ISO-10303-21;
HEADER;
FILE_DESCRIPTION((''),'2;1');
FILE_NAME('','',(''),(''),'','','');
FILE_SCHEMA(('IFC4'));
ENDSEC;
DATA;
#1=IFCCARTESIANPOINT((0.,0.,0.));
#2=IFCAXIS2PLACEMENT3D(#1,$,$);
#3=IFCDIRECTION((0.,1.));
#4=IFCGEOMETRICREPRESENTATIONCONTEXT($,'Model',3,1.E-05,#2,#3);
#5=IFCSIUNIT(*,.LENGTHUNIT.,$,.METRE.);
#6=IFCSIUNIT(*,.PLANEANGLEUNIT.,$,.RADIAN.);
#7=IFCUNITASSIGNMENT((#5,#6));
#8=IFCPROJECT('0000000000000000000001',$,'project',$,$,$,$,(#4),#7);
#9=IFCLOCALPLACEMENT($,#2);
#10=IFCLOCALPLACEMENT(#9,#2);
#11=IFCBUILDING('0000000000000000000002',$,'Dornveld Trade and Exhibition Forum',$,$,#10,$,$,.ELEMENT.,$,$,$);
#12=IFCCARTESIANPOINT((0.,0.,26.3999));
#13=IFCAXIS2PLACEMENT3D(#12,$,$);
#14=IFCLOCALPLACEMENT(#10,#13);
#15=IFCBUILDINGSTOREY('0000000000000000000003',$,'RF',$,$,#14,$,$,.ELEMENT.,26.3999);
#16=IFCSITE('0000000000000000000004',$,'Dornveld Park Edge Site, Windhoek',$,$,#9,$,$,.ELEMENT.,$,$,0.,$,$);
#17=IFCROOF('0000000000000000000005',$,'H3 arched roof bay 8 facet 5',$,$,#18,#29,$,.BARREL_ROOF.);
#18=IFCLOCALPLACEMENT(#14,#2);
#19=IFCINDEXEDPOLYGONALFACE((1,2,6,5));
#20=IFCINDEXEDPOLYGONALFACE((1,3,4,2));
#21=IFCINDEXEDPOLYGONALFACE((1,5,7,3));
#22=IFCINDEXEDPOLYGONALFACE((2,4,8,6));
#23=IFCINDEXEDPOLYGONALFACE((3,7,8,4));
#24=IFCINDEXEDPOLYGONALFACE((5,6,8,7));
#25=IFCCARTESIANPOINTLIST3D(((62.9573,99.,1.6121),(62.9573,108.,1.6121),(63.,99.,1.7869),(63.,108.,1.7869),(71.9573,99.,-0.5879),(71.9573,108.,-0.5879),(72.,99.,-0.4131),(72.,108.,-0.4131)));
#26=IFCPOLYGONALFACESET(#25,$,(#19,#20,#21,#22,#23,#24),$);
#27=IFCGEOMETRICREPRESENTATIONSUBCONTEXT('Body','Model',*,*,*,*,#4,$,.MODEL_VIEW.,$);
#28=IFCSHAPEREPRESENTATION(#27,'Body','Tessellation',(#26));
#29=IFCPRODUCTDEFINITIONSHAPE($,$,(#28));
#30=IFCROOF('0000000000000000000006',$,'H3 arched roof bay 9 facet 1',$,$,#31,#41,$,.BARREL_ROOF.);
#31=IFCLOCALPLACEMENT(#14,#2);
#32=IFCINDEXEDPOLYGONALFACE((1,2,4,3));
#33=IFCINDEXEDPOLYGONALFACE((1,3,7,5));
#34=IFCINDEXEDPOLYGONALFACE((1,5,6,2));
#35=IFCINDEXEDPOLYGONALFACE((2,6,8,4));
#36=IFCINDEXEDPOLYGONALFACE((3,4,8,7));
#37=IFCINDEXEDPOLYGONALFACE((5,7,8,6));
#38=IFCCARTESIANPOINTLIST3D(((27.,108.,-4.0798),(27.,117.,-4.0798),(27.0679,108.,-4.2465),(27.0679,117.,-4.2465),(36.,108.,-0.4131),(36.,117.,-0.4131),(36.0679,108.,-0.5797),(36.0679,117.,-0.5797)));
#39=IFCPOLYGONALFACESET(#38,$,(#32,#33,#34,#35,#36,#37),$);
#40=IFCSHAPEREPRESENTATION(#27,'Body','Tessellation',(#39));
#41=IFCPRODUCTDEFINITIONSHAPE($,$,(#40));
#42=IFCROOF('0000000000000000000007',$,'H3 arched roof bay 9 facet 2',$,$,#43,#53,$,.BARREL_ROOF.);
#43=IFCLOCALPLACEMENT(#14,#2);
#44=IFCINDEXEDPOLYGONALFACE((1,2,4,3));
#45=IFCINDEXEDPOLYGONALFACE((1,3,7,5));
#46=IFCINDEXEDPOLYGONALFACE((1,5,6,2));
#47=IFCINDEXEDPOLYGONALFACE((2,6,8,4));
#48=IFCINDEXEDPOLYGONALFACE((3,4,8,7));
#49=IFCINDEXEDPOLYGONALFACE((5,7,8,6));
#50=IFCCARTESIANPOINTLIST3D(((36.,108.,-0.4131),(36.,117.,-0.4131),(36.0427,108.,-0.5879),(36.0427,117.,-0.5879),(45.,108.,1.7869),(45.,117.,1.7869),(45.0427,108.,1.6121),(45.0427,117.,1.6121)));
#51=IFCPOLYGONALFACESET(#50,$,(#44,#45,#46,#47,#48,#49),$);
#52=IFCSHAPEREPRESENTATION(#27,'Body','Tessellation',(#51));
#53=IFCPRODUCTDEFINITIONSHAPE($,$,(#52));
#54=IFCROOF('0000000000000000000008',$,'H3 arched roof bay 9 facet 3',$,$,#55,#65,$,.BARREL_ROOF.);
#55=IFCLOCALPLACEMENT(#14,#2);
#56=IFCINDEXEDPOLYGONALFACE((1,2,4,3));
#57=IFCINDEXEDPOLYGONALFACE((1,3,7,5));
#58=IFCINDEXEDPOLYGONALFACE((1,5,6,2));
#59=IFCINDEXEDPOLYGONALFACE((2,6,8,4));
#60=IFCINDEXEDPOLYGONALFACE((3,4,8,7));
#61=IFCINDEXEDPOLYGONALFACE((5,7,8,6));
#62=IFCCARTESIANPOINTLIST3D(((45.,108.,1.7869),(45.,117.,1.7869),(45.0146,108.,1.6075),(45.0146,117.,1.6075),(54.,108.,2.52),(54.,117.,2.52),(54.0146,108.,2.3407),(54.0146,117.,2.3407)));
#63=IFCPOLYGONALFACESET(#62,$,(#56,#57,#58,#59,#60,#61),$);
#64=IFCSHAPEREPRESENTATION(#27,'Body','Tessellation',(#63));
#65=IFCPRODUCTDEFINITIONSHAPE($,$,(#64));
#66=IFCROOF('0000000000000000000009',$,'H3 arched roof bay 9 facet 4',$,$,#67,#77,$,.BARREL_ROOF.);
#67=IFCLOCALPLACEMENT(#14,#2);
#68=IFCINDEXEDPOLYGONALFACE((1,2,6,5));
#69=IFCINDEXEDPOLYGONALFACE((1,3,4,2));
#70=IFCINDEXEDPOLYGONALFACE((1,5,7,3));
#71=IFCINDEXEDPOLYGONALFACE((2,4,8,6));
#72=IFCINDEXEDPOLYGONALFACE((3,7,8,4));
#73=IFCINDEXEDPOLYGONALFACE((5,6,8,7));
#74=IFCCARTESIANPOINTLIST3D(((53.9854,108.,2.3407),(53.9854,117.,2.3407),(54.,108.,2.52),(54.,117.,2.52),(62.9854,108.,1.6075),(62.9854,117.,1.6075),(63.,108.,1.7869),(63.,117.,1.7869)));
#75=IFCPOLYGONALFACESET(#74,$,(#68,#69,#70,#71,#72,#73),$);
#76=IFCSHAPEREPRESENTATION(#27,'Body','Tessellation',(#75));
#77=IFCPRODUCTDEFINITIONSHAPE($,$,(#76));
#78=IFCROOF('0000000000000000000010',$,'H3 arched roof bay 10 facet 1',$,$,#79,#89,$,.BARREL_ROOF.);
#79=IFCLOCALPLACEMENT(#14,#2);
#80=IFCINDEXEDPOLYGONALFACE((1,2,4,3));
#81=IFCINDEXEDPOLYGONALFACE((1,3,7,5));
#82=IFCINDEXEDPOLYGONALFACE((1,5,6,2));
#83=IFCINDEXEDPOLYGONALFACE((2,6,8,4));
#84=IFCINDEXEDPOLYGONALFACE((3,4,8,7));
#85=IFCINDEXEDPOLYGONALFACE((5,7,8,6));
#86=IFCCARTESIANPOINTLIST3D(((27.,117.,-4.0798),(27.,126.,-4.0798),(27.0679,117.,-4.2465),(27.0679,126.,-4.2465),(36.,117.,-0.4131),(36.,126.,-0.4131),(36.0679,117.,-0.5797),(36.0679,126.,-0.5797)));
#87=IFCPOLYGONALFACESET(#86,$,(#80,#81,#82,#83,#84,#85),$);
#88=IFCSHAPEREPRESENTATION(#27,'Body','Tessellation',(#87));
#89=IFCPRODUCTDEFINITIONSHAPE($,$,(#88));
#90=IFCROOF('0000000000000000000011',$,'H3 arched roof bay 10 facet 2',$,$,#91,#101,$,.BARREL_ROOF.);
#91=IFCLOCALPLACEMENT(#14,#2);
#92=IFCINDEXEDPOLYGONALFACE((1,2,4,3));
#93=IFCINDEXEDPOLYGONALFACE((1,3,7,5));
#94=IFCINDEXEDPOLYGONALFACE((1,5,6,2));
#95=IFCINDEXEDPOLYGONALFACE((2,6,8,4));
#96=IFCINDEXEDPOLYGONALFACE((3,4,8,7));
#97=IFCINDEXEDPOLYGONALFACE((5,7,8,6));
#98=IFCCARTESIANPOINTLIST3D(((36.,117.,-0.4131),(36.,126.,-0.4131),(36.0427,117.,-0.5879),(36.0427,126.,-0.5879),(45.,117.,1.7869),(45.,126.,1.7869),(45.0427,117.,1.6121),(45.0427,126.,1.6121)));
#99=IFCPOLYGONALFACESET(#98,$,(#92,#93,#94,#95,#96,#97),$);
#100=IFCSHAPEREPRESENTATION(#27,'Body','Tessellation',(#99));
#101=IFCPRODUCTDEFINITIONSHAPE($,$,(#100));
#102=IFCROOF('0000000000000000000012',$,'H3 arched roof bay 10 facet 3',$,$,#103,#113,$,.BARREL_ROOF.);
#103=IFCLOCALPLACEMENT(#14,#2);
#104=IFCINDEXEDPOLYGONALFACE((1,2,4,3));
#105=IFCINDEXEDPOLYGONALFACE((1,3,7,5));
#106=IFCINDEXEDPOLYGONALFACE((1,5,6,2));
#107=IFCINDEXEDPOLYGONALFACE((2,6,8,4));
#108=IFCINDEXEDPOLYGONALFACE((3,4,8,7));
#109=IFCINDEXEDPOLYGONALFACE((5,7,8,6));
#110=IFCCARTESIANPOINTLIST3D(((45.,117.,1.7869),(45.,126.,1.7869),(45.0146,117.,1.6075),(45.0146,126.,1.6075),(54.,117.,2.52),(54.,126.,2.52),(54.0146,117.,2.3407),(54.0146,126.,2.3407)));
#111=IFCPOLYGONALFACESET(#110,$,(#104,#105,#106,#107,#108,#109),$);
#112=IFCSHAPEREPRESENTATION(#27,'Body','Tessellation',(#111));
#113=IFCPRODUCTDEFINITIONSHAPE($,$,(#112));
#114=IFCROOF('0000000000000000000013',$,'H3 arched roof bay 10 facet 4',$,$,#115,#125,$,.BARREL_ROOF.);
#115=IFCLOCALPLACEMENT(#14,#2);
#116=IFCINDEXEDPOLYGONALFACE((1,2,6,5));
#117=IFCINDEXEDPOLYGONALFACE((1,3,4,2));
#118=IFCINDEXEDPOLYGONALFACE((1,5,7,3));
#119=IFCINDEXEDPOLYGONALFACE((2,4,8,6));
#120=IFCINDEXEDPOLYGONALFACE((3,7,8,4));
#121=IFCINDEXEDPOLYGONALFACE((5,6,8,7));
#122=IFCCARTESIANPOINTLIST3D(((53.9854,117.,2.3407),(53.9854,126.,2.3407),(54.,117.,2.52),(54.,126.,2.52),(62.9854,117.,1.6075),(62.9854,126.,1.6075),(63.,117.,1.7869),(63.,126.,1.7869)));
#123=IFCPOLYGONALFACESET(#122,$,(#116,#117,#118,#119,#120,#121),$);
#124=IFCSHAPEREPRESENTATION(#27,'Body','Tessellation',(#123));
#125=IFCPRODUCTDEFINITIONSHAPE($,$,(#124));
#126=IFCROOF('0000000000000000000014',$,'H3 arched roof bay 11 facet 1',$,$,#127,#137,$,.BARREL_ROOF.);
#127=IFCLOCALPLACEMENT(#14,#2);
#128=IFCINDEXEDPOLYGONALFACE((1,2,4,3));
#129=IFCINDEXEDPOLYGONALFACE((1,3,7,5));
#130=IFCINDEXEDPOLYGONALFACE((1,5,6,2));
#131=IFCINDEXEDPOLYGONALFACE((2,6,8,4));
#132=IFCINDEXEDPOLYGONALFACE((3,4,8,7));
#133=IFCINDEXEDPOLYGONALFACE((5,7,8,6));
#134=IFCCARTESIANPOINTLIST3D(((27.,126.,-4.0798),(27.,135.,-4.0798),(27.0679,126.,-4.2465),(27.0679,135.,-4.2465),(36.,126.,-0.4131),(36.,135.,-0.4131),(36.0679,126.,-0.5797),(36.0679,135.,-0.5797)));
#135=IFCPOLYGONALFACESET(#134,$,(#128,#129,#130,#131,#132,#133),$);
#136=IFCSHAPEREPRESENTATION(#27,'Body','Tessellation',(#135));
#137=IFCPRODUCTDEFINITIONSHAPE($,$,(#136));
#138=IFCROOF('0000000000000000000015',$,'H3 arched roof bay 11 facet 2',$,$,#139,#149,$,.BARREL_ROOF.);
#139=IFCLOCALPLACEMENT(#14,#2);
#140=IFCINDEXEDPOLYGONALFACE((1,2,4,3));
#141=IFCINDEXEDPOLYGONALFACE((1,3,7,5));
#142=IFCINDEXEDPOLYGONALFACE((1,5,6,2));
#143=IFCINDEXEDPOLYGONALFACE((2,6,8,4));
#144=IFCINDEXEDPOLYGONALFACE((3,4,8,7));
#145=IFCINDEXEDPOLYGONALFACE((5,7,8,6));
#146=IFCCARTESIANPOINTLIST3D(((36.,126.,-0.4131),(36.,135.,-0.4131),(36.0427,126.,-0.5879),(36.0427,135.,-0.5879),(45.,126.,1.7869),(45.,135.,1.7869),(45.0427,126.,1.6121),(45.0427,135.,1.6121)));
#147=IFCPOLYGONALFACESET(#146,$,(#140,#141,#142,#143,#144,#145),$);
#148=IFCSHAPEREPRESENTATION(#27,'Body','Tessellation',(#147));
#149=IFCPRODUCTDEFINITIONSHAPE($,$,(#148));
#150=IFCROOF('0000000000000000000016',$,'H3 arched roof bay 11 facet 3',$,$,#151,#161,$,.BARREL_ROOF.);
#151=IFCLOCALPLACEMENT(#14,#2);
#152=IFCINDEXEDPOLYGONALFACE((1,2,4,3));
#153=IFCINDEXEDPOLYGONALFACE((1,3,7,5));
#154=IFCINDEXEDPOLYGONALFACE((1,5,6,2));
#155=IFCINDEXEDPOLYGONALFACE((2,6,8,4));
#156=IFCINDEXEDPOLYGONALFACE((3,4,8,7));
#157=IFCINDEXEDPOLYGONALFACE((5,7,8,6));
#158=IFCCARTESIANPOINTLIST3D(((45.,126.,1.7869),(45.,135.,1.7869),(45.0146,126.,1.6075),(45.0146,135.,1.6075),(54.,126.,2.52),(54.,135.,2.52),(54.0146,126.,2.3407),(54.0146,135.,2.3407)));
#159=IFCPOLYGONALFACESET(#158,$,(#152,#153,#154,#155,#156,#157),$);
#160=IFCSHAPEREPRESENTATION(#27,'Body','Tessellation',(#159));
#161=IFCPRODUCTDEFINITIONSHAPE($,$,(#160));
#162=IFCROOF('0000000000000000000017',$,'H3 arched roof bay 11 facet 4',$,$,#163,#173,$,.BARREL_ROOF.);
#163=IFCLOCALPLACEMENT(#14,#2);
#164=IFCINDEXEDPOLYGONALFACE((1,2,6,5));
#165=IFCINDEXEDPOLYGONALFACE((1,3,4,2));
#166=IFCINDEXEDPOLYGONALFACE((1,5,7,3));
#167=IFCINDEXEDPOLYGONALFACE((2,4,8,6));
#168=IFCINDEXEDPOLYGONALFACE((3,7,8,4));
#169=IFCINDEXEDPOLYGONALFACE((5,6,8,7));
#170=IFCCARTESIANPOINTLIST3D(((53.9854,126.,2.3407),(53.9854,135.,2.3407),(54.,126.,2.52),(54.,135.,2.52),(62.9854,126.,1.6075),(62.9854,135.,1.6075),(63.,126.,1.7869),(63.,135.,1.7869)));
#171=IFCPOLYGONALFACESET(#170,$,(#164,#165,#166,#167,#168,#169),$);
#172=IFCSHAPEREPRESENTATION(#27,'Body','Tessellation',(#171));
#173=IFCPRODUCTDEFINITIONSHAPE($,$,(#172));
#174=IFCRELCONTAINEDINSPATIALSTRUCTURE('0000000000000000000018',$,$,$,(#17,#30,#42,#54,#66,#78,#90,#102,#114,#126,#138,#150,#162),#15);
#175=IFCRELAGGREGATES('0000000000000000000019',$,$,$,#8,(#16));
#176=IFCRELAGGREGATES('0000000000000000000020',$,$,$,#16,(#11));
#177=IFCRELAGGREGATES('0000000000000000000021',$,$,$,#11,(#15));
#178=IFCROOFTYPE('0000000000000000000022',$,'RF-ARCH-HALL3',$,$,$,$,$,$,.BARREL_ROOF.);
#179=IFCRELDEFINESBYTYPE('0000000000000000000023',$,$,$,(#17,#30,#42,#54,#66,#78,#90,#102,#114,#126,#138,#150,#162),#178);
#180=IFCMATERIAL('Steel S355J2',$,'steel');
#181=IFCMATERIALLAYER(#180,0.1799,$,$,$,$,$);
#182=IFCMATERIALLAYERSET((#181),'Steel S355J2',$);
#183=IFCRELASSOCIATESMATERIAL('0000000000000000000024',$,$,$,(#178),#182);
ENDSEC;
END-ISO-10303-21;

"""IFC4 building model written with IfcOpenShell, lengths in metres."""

from ifc_helpers import new_model, si_unit, direction, frame, origin, place, context, subcontext, project, spatial, polyline, outline, extrude, material, layer, layer_set, type_object, element, save


model = new_model("IFC4")

# Units and contexts
model_context = context("Model", 3, precision=1e-05, world=origin(), true_north=direction((0.0, 1.0)))
body_context = subcontext(model_context, "Body", "Model", "MODEL_VIEW")
ifc_project = project(units=[si_unit("LENGTHUNIT", "METRE"), si_unit("PLANEANGLEUNIT", "RADIAN")], contexts=[model_context])

# Site, building, storey
site_placement = place(None, origin())
site = spatial("IfcSite", under=ifc_project, at=site_placement, Name="Dornveld Park Edge Site, Windhoek", CompositionType="ELEMENT", RefElevation=0.0)
building_placement = place(site_placement, origin())
building = spatial("IfcBuilding", under=site, at=building_placement, Name="Dornveld Trade and Exhibition Forum", CompositionType="ELEMENT")
storey_placement = place(building_placement, frame((0.0, 0.0, 26.3999)))
storey = spatial("IfcBuildingStorey", under=building, at=storey_placement, Name="RF", CompositionType="ELEMENT", Elevation=26.3999)

# Roofs
ifc_material = material(Name="Steel S355J2", Category="steel")
ifc_layer = layer(ifc_material, 0.1799)
ifc_layer_set = layer_set([ifc_layer], Name="Steel S355J2")
roof_type = type_object("IfcRoofType", Name="RF-ARCH-HALL3", PredefinedType="BARREL_ROOF", material=ifc_layer_set)
roof_1_placement = place(storey_placement, frame((63.0, 99.0, 1.7869), z_axis=(0.237448, 0.0, 0.9714), x_axis=(0.9714, 0.0, -0.237448)))
element("IfcRoof", 1, at=roof_1_placement, inside=storey, type_object=roof_type, Name="H3 arched roof bay 8 facet 5", PredefinedType="BARREL_ROOF", context=body_context, shape_type="SweptSolid", body=[
    extrude(outline(polyline([(0.0, 0.0), (9.265, 0.0), (9.265, 9.0), (0.0, 9.0), (0.0, 0.0)])), origin(), (0.0, 0.0, -1.0), 0.1799),
])
roof_2_placement = place(storey_placement, frame((27.0, 108.0, -4.0798), z_axis=(-0.377304, 0.0, 0.926089), x_axis=(0.926089, 0.0, 0.377304)))
element("IfcRoof", 2, at=roof_2_placement, inside=storey, type_object=roof_type, Name="H3 arched roof bay 9 facet 1", PredefinedType="BARREL_ROOF", context=body_context, shape_type="SweptSolid", body=[
    extrude(outline(polyline([(0.0, 0.0), (9.7183, 0.0), (9.7183, 9.0), (0.0, 9.0), (0.0, 0.0)])), origin(), (0.0, 0.0, -1.0), 0.1799),
])
roof_3_placement = place(storey_placement, frame((36.0, 108.0, -0.4131), z_axis=(-0.237448, 0.0, 0.9714), x_axis=(0.9714, 0.0, 0.237448)))
element("IfcRoof", 3, at=roof_3_placement, inside=storey, type_object=roof_type, Name="H3 arched roof bay 9 facet 2", PredefinedType="BARREL_ROOF", context=body_context, shape_type="SweptSolid", body=[
    extrude(outline(polyline([(0.0, 0.0), (9.265, 0.0), (9.265, 9.0), (0.0, 9.0), (0.0, 0.0)])), origin(), (0.0, 0.0, -1.0), 0.1799),
])
for number, where, z_axis, x_axis, name in (
    (4, (45.0, 108.0, 1.7869), (-0.081193, 0.0, 0.996698), (0.996698, 0.0, 0.081193), "H3 arched roof bay 9 facet 3"),
    (5, (54.0, 108.0, 2.52), (0.081193, 0.0, 0.996698), (0.996698, 0.0, -0.081193), "H3 arched roof bay 9 facet 4"),
):
    element("IfcRoof", number, at=place(storey_placement, frame(where, z_axis=z_axis, x_axis=x_axis)), inside=storey, type_object=roof_type, Name=name, PredefinedType="BARREL_ROOF", context=body_context, shape_type="SweptSolid", body=[
        extrude(outline(polyline([(0.0, 0.0), (9.0298, 0.0), (9.0298, 9.0), (0.0, 9.0), (0.0, 0.0)])), origin(), (0.0, 0.0, -1.0), 0.1799),
    ])
roof_4_placement = place(storey_placement, frame((27.0, 117.0, -4.0798), z_axis=(-0.377304, 0.0, 0.926089), x_axis=(0.926089, 0.0, 0.377304)))
element("IfcRoof", 6, at=roof_4_placement, inside=storey, type_object=roof_type, Name="H3 arched roof bay 10 facet 1", PredefinedType="BARREL_ROOF", context=body_context, shape_type="SweptSolid", body=[
    extrude(outline(polyline([(0.0, 0.0), (9.7183, 0.0), (9.7183, 9.0), (0.0, 9.0), (0.0, 0.0)])), origin(), (0.0, 0.0, -1.0), 0.1799),
])
roof_5_placement = place(storey_placement, frame((36.0, 117.0, -0.4131), z_axis=(-0.237448, 0.0, 0.9714), x_axis=(0.9714, 0.0, 0.237448)))
element("IfcRoof", 7, at=roof_5_placement, inside=storey, type_object=roof_type, Name="H3 arched roof bay 10 facet 2", PredefinedType="BARREL_ROOF", context=body_context, shape_type="SweptSolid", body=[
    extrude(outline(polyline([(0.0, 0.0), (9.265, 0.0), (9.265, 9.0), (0.0, 9.0), (0.0, 0.0)])), origin(), (0.0, 0.0, -1.0), 0.1799),
])
for number, where, z_axis, x_axis, name in (
    (8, (45.0, 117.0, 1.7869), (-0.081193, 0.0, 0.996698), (0.996698, 0.0, 0.081193), "H3 arched roof bay 10 facet 3"),
    (9, (54.0, 117.0, 2.52), (0.081193, 0.0, 0.996698), (0.996698, 0.0, -0.081193), "H3 arched roof bay 10 facet 4"),
):
    element("IfcRoof", number, at=place(storey_placement, frame(where, z_axis=z_axis, x_axis=x_axis)), inside=storey, type_object=roof_type, Name=name, PredefinedType="BARREL_ROOF", context=body_context, shape_type="SweptSolid", body=[
        extrude(outline(polyline([(0.0, 0.0), (9.0298, 0.0), (9.0298, 9.0), (0.0, 9.0), (0.0, 0.0)])), origin(), (0.0, 0.0, -1.0), 0.1799),
    ])
roof_6_placement = place(storey_placement, frame((27.0, 126.0, -4.0798), z_axis=(-0.377304, 0.0, 0.926089), x_axis=(0.926089, 0.0, 0.377304)))
element("IfcRoof", 10, at=roof_6_placement, inside=storey, type_object=roof_type, Name="H3 arched roof bay 11 facet 1", PredefinedType="BARREL_ROOF", context=body_context, shape_type="SweptSolid", body=[
    extrude(outline(polyline([(0.0, 0.0), (9.7183, 0.0), (9.7183, 9.0), (0.0, 9.0), (0.0, 0.0)])), origin(), (0.0, 0.0, -1.0), 0.1799),
])
roof_7_placement = place(storey_placement, frame((36.0, 126.0, -0.4131), z_axis=(-0.237448, 0.0, 0.9714), x_axis=(0.9714, 0.0, 0.237448)))
element("IfcRoof", 11, at=roof_7_placement, inside=storey, type_object=roof_type, Name="H3 arched roof bay 11 facet 2", PredefinedType="BARREL_ROOF", context=body_context, shape_type="SweptSolid", body=[
    extrude(outline(polyline([(0.0, 0.0), (9.265, 0.0), (9.265, 9.0), (0.0, 9.0), (0.0, 0.0)])), origin(), (0.0, 0.0, -1.0), 0.1799),
])
for number, where, z_axis, x_axis, name in (
    (12, (45.0, 126.0, 1.7869), (-0.081193, 0.0, 0.996698), (0.996698, 0.0, 0.081193), "H3 arched roof bay 11 facet 3"),
    (13, (54.0, 126.0, 2.52), (0.081193, 0.0, 0.996698), (0.996698, 0.0, -0.081193), "H3 arched roof bay 11 facet 4"),
):
    element("IfcRoof", number, at=place(storey_placement, frame(where, z_axis=z_axis, x_axis=x_axis)), inside=storey, type_object=roof_type, Name=name, PredefinedType="BARREL_ROOF", context=body_context, shape_type="SweptSolid", body=[
        extrude(outline(polyline([(0.0, 0.0), (9.0298, 0.0), (9.0298, 9.0), (0.0, 9.0), (0.0, 0.0)])), origin(), (0.0, 0.0, -1.0), 0.1799),
    ])

save(model, "model.ifc")
